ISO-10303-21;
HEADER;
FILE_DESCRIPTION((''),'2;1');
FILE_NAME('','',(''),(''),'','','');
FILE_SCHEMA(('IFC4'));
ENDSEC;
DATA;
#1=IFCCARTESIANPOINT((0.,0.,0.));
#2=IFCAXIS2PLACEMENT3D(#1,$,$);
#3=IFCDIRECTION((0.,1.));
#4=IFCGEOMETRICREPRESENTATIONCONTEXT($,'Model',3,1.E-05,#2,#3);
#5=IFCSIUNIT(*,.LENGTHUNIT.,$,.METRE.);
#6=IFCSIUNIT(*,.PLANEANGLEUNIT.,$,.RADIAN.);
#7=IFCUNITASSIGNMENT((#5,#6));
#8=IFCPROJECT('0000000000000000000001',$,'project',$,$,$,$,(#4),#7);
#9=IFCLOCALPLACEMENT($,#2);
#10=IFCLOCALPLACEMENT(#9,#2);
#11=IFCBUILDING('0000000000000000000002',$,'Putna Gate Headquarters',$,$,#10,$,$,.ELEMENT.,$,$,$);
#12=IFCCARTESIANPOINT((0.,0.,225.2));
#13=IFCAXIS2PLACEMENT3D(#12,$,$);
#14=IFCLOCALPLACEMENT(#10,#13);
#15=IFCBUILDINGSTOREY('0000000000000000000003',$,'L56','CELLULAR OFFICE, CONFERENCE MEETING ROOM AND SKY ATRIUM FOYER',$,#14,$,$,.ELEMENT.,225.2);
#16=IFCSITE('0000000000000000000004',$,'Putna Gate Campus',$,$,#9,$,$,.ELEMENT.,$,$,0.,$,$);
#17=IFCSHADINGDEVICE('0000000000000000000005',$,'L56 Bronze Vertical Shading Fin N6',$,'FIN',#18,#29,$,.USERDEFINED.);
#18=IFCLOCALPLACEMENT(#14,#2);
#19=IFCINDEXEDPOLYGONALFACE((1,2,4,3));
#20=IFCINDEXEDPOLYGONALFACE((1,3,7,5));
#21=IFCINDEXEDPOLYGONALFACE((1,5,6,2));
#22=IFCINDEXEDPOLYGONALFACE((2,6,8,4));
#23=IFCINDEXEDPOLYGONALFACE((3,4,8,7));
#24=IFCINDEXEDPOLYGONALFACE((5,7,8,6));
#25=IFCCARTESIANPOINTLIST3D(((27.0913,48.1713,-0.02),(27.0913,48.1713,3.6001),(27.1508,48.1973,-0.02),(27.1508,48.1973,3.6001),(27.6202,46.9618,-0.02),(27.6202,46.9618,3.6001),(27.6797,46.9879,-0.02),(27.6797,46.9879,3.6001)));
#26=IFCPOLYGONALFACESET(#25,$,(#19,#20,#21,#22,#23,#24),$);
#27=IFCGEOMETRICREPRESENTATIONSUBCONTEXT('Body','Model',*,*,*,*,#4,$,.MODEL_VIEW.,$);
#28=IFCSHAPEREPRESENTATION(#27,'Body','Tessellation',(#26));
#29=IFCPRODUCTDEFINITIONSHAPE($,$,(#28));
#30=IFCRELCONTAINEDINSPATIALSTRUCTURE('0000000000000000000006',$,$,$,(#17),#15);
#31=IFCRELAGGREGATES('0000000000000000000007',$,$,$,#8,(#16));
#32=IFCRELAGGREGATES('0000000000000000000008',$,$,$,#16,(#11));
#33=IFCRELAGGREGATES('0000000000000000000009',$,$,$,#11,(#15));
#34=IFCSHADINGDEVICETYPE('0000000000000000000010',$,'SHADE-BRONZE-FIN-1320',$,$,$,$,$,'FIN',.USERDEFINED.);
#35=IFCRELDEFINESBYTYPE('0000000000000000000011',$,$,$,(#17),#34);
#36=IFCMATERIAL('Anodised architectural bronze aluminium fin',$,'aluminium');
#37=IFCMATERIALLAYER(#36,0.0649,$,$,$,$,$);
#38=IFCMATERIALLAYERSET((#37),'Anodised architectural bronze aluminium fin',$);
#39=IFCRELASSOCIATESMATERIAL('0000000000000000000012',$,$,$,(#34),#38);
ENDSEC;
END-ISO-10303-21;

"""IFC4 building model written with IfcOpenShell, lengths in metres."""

from ifc_helpers import new_model, si_unit, direction, frame, origin, origin_2d, place, context, subcontext, project, spatial, rectangle, extrude, material, layer, layer_set, type_object, element, save


model = new_model("IFC4")

# Units and contexts
model_context = context("Model", 3, precision=1e-05, world=origin(), true_north=direction((0.0, 1.0)))
body_context = subcontext(model_context, "Body", "Model", "MODEL_VIEW")
ifc_project = project(units=[si_unit("LENGTHUNIT", "METRE"), si_unit("PLANEANGLEUNIT", "RADIAN")], contexts=[model_context])

# Site, building, storey
site_placement = place(None, origin())
site = spatial("IfcSite", under=ifc_project, at=site_placement, Name="Putna Gate Campus", CompositionType="ELEMENT", RefElevation=0.0)
building_placement = place(site_placement, origin())
building = spatial("IfcBuilding", under=site, at=building_placement, Name="Putna Gate Headquarters", CompositionType="ELEMENT")
storey_placement = place(building_placement, frame((0.0, 0.0, 225.2)))
storey = spatial("IfcBuildingStorey", under=building, at=storey_placement, Name="L56", Description="CELLULAR OFFICE, CONFERENCE MEETING ROOM AND SKY ATRIUM FOYER", CompositionType="ELEMENT", Elevation=225.2)

# Shading device
ifc_material_1 = material(Name="Anodised architectural bronze aluminium fin", Category="aluminium")
ifc_layer_1 = layer(ifc_material_1, 0.0649)
ifc_layer_set_1 = layer_set([ifc_layer_1], Name="Anodised architectural bronze aluminium fin")
shading_device_type = type_object("IfcShadingDeviceType", Name="SHADE-BRONZE-FIN-1320", ElementType="FIN", PredefinedType="USERDEFINED", material=ifc_layer_set_1)
for number, where, z_axis, x_axis, name in (
    (1, (27.3855, 47.5796, -0.02), (0.0, 0.0, 1.0), (-0.400669, 0.916223, 0.0), "L56 Bronze Vertical Shading Fin N6"),
):
    element("IfcShadingDevice", number, at=place(storey_placement, frame(where, z_axis=z_axis, x_axis=x_axis)), inside=storey, type_object=shading_device_type, Name=name, ObjectType="FIN", PredefinedType="USERDEFINED", context=body_context, shape_type="SweptSolid", body=[
        extrude(rectangle(XDim=1.3201, YDim=0.0649, at=origin_2d()), origin(), (0.0, 0.0, 1.0), 3.6201),
    ])

save(model, "model.ifc")
